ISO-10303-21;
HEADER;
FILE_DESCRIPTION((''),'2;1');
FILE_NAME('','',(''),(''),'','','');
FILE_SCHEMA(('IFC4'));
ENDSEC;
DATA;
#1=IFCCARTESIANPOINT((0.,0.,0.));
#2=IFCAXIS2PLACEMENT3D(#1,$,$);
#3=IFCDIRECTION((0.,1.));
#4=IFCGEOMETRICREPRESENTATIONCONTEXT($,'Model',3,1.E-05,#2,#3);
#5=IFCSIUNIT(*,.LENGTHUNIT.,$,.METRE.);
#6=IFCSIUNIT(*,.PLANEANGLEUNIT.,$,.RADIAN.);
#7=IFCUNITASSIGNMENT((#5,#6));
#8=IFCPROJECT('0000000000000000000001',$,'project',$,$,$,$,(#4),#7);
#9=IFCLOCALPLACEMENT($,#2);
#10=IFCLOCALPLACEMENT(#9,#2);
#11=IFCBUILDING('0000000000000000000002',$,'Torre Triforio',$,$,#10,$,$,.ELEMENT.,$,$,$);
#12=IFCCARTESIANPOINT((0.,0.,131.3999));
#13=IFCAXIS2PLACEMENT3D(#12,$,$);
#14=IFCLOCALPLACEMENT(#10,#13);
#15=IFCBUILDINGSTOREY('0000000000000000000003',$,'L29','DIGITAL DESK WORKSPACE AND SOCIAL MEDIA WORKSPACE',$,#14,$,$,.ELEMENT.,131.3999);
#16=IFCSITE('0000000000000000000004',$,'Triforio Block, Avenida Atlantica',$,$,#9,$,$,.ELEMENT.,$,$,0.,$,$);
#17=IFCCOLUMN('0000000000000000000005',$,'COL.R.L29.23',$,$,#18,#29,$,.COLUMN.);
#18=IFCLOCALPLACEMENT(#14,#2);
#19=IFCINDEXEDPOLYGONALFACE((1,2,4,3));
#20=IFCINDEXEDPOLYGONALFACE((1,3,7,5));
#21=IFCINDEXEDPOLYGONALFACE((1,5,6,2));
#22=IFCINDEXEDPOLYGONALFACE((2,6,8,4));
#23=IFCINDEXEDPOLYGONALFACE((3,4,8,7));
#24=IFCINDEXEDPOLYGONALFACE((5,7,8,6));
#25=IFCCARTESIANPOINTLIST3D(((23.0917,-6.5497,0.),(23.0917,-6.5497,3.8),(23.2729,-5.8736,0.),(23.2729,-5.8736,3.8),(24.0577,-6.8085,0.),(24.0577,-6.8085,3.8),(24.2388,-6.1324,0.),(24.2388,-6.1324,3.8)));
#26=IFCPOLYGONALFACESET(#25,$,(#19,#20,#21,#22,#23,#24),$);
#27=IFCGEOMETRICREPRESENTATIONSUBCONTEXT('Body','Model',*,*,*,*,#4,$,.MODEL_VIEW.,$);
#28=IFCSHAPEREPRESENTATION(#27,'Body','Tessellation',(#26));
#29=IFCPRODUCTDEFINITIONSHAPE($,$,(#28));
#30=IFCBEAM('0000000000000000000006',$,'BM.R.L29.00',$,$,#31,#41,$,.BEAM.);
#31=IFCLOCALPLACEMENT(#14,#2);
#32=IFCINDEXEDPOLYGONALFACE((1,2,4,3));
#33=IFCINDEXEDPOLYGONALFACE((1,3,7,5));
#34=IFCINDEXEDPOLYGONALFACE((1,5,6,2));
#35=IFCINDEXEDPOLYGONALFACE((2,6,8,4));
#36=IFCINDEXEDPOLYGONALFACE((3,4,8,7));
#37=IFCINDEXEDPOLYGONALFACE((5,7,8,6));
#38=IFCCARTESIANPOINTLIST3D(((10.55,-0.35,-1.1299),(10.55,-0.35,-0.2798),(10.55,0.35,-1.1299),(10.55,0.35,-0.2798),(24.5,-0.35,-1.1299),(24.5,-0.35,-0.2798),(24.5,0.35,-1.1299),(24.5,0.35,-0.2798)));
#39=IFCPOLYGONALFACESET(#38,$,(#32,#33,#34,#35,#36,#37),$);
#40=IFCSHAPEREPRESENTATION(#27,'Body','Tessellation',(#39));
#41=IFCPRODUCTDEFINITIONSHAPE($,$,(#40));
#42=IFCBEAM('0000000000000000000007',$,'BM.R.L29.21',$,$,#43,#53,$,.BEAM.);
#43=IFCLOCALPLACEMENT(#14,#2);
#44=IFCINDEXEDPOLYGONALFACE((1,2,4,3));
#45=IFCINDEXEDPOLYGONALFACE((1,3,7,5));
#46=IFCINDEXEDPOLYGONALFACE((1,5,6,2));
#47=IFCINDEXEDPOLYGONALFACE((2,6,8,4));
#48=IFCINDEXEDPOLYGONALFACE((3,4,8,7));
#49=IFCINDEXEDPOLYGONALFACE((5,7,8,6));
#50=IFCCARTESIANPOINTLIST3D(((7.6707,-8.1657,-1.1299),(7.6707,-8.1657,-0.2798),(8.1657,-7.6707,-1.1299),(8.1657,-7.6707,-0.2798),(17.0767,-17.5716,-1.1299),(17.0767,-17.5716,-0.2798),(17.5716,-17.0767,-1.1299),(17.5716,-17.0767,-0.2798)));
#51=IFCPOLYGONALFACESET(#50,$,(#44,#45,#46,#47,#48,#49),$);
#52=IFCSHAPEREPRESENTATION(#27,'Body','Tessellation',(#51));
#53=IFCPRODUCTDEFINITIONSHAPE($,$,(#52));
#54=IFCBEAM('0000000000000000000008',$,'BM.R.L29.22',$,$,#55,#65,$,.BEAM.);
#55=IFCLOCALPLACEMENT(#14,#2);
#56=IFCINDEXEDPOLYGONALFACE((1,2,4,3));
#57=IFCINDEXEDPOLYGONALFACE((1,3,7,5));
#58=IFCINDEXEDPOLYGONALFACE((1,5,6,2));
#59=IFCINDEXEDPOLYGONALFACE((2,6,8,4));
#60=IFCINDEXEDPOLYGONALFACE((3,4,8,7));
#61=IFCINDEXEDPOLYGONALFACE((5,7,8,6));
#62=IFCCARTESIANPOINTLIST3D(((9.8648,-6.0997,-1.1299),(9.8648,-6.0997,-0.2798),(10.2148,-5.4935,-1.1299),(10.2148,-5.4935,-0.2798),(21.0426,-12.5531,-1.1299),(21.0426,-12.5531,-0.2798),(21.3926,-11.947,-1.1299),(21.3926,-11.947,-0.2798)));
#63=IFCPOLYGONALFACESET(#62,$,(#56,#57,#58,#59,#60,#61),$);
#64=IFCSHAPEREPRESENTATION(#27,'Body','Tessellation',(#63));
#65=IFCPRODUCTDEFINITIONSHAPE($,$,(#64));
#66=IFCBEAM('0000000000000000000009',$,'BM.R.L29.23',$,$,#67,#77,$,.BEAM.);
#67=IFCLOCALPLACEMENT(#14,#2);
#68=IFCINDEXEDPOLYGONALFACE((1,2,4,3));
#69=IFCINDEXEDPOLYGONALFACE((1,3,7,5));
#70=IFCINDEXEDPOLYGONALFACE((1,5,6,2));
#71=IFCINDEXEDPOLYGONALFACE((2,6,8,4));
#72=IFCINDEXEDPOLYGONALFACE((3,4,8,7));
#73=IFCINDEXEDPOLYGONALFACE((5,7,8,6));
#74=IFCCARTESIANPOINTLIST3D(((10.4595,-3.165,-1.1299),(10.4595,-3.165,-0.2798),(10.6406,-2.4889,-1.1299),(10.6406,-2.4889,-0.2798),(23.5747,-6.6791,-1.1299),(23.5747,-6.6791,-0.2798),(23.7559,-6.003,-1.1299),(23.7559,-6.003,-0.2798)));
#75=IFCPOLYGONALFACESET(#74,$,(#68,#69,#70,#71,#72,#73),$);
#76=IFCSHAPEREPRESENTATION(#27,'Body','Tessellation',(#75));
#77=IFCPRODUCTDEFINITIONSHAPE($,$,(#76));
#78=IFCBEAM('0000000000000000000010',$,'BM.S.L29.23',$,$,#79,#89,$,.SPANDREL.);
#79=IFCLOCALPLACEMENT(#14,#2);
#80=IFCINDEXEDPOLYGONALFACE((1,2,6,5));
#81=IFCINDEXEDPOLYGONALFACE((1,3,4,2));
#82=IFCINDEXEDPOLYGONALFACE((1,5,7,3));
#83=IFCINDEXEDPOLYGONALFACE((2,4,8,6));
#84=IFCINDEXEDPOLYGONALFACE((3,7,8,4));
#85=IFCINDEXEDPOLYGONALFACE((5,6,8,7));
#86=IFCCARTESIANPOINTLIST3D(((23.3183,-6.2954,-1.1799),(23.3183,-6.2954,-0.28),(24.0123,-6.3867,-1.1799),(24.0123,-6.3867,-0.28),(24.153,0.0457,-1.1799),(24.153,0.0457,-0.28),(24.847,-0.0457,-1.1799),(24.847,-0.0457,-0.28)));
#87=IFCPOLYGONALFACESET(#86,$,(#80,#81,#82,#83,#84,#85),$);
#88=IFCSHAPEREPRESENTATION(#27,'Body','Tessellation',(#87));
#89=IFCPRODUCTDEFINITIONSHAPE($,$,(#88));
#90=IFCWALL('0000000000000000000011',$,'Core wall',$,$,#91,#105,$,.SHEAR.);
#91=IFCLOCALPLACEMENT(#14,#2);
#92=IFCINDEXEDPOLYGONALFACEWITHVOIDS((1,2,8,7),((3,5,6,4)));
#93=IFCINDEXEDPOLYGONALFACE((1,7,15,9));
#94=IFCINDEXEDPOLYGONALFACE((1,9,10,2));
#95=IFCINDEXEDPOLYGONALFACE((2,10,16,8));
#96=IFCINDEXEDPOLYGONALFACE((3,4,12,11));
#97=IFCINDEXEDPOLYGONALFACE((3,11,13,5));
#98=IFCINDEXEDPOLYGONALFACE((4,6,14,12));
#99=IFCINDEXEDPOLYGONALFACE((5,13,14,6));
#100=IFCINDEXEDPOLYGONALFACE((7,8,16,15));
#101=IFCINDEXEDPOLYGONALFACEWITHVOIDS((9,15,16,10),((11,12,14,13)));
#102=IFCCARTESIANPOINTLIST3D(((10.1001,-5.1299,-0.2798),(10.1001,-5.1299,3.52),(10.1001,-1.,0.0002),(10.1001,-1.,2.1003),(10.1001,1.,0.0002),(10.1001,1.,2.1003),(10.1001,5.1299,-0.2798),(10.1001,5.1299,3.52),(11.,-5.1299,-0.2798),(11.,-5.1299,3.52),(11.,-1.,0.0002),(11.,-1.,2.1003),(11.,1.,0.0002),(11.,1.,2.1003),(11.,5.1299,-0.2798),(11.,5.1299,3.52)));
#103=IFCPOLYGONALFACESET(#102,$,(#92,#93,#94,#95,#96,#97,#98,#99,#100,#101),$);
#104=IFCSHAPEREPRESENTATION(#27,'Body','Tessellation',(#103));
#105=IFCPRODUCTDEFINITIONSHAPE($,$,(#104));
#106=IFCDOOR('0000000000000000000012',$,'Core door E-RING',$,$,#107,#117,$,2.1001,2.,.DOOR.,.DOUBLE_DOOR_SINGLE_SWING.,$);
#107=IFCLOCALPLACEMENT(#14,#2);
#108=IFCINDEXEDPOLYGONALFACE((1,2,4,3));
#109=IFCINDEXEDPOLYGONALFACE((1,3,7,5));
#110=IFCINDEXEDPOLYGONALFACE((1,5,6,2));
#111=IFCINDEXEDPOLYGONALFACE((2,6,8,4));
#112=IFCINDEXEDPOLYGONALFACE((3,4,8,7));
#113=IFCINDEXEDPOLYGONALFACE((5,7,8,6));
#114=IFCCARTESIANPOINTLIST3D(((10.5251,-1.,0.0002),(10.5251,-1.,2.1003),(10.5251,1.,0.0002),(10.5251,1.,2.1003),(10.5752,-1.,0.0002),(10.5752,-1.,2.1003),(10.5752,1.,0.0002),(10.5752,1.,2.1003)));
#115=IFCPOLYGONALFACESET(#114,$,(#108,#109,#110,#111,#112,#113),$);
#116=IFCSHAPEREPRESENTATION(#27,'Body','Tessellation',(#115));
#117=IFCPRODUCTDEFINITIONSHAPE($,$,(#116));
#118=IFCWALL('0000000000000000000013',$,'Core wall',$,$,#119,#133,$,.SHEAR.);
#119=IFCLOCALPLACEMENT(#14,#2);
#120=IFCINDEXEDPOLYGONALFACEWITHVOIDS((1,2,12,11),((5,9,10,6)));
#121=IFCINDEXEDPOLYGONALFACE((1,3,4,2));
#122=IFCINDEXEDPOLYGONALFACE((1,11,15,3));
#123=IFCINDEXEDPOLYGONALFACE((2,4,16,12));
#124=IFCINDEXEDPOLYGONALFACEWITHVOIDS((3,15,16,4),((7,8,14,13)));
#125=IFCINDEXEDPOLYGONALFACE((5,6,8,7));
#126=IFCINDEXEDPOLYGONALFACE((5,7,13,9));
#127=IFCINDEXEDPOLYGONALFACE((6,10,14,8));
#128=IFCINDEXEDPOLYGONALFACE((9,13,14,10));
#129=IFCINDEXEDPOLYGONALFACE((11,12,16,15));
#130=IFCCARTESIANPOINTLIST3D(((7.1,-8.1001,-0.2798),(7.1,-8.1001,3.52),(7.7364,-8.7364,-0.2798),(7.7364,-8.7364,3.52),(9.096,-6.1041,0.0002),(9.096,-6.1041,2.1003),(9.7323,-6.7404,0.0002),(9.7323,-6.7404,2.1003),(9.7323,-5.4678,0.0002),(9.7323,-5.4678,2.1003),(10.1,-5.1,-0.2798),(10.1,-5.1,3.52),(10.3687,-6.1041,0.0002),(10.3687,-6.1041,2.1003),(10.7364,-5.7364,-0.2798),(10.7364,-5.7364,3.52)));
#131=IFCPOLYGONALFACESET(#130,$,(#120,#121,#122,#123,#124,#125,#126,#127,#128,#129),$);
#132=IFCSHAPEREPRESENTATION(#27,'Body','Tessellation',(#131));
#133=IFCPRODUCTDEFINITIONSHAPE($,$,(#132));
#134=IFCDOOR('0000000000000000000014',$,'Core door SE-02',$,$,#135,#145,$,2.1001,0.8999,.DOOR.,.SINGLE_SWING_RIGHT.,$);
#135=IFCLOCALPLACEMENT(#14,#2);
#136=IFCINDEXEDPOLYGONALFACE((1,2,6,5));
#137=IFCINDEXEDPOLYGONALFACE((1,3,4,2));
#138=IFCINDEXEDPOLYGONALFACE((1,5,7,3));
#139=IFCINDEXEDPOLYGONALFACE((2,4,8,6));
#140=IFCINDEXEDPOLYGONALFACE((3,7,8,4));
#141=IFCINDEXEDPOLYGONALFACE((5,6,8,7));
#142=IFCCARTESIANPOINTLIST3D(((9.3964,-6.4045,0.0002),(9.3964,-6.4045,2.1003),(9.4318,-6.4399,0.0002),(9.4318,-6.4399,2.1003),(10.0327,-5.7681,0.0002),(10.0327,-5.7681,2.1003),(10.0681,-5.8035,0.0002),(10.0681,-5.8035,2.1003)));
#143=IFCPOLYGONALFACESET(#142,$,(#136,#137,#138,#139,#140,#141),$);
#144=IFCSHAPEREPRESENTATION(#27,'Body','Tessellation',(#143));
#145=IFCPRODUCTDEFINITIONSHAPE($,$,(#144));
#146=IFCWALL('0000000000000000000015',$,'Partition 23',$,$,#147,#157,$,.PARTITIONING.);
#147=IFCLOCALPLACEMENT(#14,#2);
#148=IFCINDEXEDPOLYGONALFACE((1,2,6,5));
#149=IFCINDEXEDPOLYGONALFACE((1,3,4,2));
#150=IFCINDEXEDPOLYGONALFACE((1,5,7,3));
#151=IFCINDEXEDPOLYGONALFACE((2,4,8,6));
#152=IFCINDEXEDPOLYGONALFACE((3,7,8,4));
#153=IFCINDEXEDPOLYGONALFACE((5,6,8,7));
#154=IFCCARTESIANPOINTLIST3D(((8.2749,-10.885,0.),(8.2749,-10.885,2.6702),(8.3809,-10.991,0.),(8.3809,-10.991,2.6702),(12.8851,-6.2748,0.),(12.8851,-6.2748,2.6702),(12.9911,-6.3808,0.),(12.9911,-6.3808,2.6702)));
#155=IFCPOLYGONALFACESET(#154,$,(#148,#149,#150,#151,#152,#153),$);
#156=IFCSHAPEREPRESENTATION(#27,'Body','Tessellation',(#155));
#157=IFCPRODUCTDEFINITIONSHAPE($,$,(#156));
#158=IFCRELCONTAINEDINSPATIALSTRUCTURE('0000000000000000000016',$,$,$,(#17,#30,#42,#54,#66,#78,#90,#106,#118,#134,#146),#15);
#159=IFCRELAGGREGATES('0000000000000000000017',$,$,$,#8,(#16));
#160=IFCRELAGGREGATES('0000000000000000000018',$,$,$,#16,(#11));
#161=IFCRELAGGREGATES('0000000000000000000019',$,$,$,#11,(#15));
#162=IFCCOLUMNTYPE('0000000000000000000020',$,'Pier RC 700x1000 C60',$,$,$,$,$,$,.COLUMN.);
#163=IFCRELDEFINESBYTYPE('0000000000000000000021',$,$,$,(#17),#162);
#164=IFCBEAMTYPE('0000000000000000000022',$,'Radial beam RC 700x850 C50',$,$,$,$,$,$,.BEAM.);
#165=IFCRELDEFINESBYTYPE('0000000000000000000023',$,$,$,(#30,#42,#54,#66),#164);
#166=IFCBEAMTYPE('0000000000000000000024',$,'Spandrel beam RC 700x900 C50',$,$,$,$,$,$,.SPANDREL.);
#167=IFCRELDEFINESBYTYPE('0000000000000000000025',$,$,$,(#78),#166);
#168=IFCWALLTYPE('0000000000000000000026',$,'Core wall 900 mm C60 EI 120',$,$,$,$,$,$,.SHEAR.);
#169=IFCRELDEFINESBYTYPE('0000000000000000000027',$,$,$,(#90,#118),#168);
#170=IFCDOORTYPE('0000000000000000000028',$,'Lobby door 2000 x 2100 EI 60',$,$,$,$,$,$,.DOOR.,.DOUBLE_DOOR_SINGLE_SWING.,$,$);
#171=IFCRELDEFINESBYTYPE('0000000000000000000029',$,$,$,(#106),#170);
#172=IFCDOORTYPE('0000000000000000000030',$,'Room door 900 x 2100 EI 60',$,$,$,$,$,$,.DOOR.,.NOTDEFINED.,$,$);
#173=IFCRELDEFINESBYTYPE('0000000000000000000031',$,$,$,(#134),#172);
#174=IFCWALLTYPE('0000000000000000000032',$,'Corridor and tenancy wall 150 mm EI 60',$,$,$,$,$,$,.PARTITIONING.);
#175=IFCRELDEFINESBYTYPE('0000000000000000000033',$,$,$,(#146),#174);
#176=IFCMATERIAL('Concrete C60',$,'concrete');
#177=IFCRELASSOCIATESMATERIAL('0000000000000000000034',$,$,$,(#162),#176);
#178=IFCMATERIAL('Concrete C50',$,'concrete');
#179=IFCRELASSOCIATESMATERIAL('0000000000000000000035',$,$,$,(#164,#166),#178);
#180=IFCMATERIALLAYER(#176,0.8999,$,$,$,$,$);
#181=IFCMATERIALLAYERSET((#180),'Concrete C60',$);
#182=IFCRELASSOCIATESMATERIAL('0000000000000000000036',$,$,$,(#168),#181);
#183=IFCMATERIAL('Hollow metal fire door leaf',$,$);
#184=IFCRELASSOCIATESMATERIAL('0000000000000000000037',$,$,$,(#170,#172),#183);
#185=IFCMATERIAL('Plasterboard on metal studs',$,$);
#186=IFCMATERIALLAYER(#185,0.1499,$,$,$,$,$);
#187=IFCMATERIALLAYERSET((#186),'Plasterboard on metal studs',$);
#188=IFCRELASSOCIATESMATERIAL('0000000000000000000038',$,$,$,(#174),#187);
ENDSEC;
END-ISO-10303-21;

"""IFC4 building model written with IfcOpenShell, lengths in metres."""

from ifc_helpers import new_model, si_unit, direction, frame, frame_2d, origin, origin_2d, place, context, subcontext, project, spatial, rectangle, extrude, material, layer, layer_set, material_profile, profile_set, type_object, element, fill, save


model = new_model("IFC4")

# Units and contexts
model_context = context("Model", 3, precision=1e-05, world=origin(), true_north=direction((0.0, 1.0)))
body_context = subcontext(model_context, "Body", "Model", "MODEL_VIEW")
ifc_project = project(units=[si_unit("LENGTHUNIT", "METRE"), si_unit("PLANEANGLEUNIT", "RADIAN")], contexts=[model_context])

# Site, building, storey
site_placement = place(None, origin())
site = spatial("IfcSite", under=ifc_project, at=site_placement, Name="Triforio Block, Avenida Atlantica", CompositionType="ELEMENT", RefElevation=0.0)
building_placement = place(site_placement, origin())
building = spatial("IfcBuilding", under=site, at=building_placement, Name="Torre Triforio", CompositionType="ELEMENT")
storey_placement = place(building_placement, frame((0.0, 0.0, 131.3999)))
storey = spatial("IfcBuildingStorey", under=building, at=storey_placement, Name="L29", Description="DIGITAL DESK WORKSPACE AND SOCIAL MEDIA WORKSPACE", CompositionType="ELEMENT", Elevation=131.3999)

# Column
ifc_material_1 = material(Name="Concrete C60", Category="concrete")
ifc_material_profile_1 = material_profile(ifc_material_1, rectangle(XDim=0.7, YDim=1.0, at=origin_2d()), Name="RC 700x1000")
ifc_profile_set_1 = profile_set([ifc_material_profile_1], Name="Concrete C60")
column_type = type_object("IfcColumnType", Name="Pier RC 700x1000 C60", PredefinedType="COLUMN", material=ifc_profile_set_1)
column_placement = place(storey_placement, frame((23.6653, -6.3411, 0.0), z_axis=(0.0, 0.0, 1.0), x_axis=(0.258819, 0.965926, 0.0)))
element("IfcColumn", 1, at=column_placement, inside=storey, type_object=column_type, Name="COL.R.L29.23", PredefinedType="COLUMN", context=body_context, shape_type="SweptSolid", body=[
    extrude(rectangle(XDim=0.7, YDim=1.0, at=origin_2d()), origin(), (0.0, 0.0, 1.0), 3.8),
])

# Beams
ifc_material_2 = material(Name="Concrete C50", Category="concrete")
ifc_material_profile_2 = material_profile(ifc_material_2, rectangle(XDim=0.7, YDim=0.8501, at=origin_2d()), Name="RC 700x850")
ifc_profile_set_2 = profile_set([ifc_material_profile_2], Name="Concrete C50")
beam_type_1 = type_object("IfcBeamType", Name="Radial beam RC 700x850 C50", PredefinedType="BEAM", material=ifc_profile_set_2)
beam_1_placement = place(storey_placement, frame((10.55, 0.0, -0.7048), z_axis=(1.0, 0.0, 0.0), x_axis=(0.0, 1.0, 0.0)))
element("IfcBeam", 2, at=beam_1_placement, inside=storey, type_object=beam_type_1, Name="BM.R.L29.00", PredefinedType="BEAM", context=body_context, shape_type="SweptSolid", body=[
    extrude(rectangle(XDim=0.7, YDim=0.8501, at=origin_2d()), origin(), (0.0, 0.0, 1.0), 13.95),
])
beam_2_placement = place(storey_placement, frame((7.9182, -7.9182, -0.7048), z_axis=(0.707107, -0.707107, 0.0), x_axis=(0.707107, 0.707107, 0.0)))
element("IfcBeam", 3, at=beam_2_placement, inside=storey, type_object=beam_type_1, Name="BM.R.L29.21", PredefinedType="BEAM", context=body_context, shape_type="SweptSolid", body=[
    extrude(rectangle(XDim=0.7, YDim=0.8501, at=origin_2d()), origin(), (0.0, 0.0, 1.0), 13.302),
])
beam_3_placement = place(storey_placement, frame((10.0398, -5.7966, -0.7048), z_axis=(0.866029, -0.499994, 0.0), x_axis=(0.499994, 0.866029, 0.0)))
element("IfcBeam", 4, at=beam_3_placement, inside=storey, type_object=beam_type_1, Name="BM.R.L29.22", PredefinedType="BEAM", context=body_context, shape_type="SweptSolid", body=[
    extrude(rectangle(XDim=0.7, YDim=0.8501, at=origin_2d()), origin(), (0.0, 0.0, 1.0), 12.907),
])
beam_4_placement = place(storey_placement, frame((10.55, -2.8269, -0.7048), z_axis=(0.965927, -0.258815, 0.0), x_axis=(0.258815, 0.965927, 0.0)))
element("IfcBeam", 5, at=beam_4_placement, inside=storey, type_object=beam_type_1, Name="BM.R.L29.23", PredefinedType="BEAM", context=body_context, shape_type="SweptSolid", body=[
    extrude(rectangle(XDim=0.7, YDim=0.8501, at=origin_2d()), origin(), (0.0, 0.0, 1.0), 13.5779),
])
ifc_material_profile_3 = material_profile(ifc_material_2, rectangle(XDim=0.7, YDim=0.8999, at=origin_2d()), Name="RC 700x900")
ifc_profile_set_3 = profile_set([ifc_material_profile_3], Name="Concrete C50")
beam_type_2 = type_object("IfcBeamType", Name="Spandrel beam RC 700x900 C50", PredefinedType="SPANDREL", material=ifc_profile_set_3)
beam_5_placement = place(storey_placement, frame((23.6653, -6.3411, -0.73), z_axis=(0.130511, 0.991447, 0.0), x_axis=(-0.991447, 0.130511, 0.0)))
element("IfcBeam", 6, at=beam_5_placement, inside=storey, type_object=beam_type_2, Name="BM.S.L29.23", PredefinedType="SPANDREL", context=body_context, shape_type="SweptSolid", body=[
    extrude(rectangle(XDim=0.7, YDim=0.8999, at=origin_2d()), origin(), (0.0, 0.0, 1.0), 6.3958),
])

# Walls, openings, doors
ifc_layer_1 = layer(ifc_material_1, 0.8999)
ifc_layer_set_1 = layer_set([ifc_layer_1], Name="Concrete C60")
wall_type_1 = type_object("IfcWallType", Name="Core wall 900 mm C60 EI 120", PredefinedType="SHEAR", material=ifc_layer_set_1)
wall_1_placement = place(storey_placement, frame((10.55, -5.1299, -0.2798), z_axis=(0.0, 0.0, 1.0), x_axis=(0.0, 1.0, 0.0)))
wall_1 = element("IfcWall", 7, at=wall_1_placement, inside=storey, type_object=wall_type_1, Name="Core wall", PredefinedType="SHEAR", context=body_context, shape_type="SweptSolid", body=[
    extrude(rectangle(XDim=10.2598, YDim=0.8999, at=frame_2d((5.1299, 0.0))), origin(), (0.0, 0.0, 1.0), 3.7998),
])
opening_1_placement = place(wall_1_placement, frame((4.1299, 0.0, 0.28)))
opening_1 = element("IfcOpeningElement", 8, at=opening_1_placement, cuts=wall_1, PredefinedType="OPENING", context=body_context, shape_type="SweptSolid", body=[
    extrude(rectangle(XDim=2.0, YDim=2.1001, at=frame_2d((1.0, 1.05))), frame((0.0, 0.46, 0.0), z_axis=(0.0, -1.0, 0.0), x_axis=(1.0, 0.0, 0.0)), (0.0, 0.0, 1.0), 0.9199),
])
ifc_material_3 = material(Name="Hollow metal fire door leaf")
door_type_1 = type_object("IfcDoorType", Name="Lobby door 2000 x 2100 EI 60", OperationType="DOUBLE_DOOR_SINGLE_SWING", PredefinedType="DOOR", material=ifc_material_3)
door_1_placement = place(opening_1_placement, origin())
door_1 = element("IfcDoor", 9, at=door_1_placement, inside=storey, type_object=door_type_1, Name="Core door E-RING", OperationType="DOUBLE_DOOR_SINGLE_SWING", OverallHeight=2.1001, OverallWidth=2.0, PredefinedType="DOOR", context=body_context, shape_type="SweptSolid", body=[
    extrude(rectangle(XDim=2.0, YDim=2.1001, at=frame_2d((1.0, 1.05))), frame((0.0, 0.0249, 0.0), z_axis=(0.0, -1.0, 0.0), x_axis=(1.0, 0.0, 0.0)), (0.0, 0.0, 1.0), 0.05),
])
fill(opening_1, door_1)
wall_2_placement = place(storey_placement, frame((10.4182, -5.4182, -0.2798), z_axis=(0.0, 0.0, 1.0), x_axis=(-0.707107, -0.707107, 0.0)))
wall_2 = element("IfcWall", 10, at=wall_2_placement, inside=storey, type_object=wall_type_1, Name="Core wall", PredefinedType="SHEAR", context=body_context, shape_type="SweptSolid", body=[
    extrude(rectangle(XDim=4.2427, YDim=0.8999, at=frame_2d((2.1213, 0.0))), origin(), (0.0, 0.0, 1.0), 3.7998),
])
opening_2_placement = place(wall_2_placement, frame((0.52, 0.0, 0.28)))
opening_2 = element("IfcOpeningElement", 11, at=opening_2_placement, cuts=wall_2, PredefinedType="OPENING", context=body_context, shape_type="SweptSolid", body=[
    extrude(rectangle(XDim=0.8999, YDim=2.1001, at=frame_2d((0.45, 1.05))), frame((0.0, 0.46, 0.0), z_axis=(0.0, -1.0, 0.0), x_axis=(1.0, 0.0, 0.0)), (0.0, 0.0, 1.0), 0.9199),
])
door_type_2 = type_object("IfcDoorType", Name="Room door 900 x 2100 EI 60", OperationType="NOTDEFINED", PredefinedType="DOOR", material=ifc_material_3)
door_2_placement = place(opening_2_placement, origin())
door_2 = element("IfcDoor", 12, at=door_2_placement, inside=storey, type_object=door_type_2, Name="Core door SE-02", OperationType="SINGLE_SWING_RIGHT", OverallHeight=2.1001, OverallWidth=0.8999, PredefinedType="DOOR", context=body_context, shape_type="SweptSolid", body=[
    extrude(rectangle(XDim=0.8999, YDim=2.1001, at=frame_2d((0.45, 1.05))), frame((0.0, 0.0249, 0.0), z_axis=(0.0, -1.0, 0.0), x_axis=(1.0, 0.0, 0.0)), (0.0, 0.0, 1.0), 0.05),
])
fill(opening_2, door_2)

# Wall
ifc_material_4 = material(Name="Plasterboard on metal studs")
ifc_layer_2 = layer(ifc_material_4, 0.1499)
ifc_layer_set_2 = layer_set([ifc_layer_2], Name="Plasterboard on metal studs")
wall_type_2 = type_object("IfcWallType", Name="Corridor and tenancy wall 150 mm EI 60", PredefinedType="PARTITIONING", material=ifc_layer_set_2)
wall_3_placement = place(storey_placement, frame((12.938, -6.3279, 0.0), z_axis=(0.0, 0.0, 1.0), x_axis=(-0.707107, -0.707107, 0.0)))
element("IfcWall", 13, at=wall_3_placement, inside=storey, type_object=wall_type_2, Name="Partition 23", PredefinedType="PARTITIONING", context=body_context, shape_type="SweptSolid", body=[
    extrude(rectangle(XDim=6.5198, YDim=0.1499, at=frame_2d((3.2598, 0.0))), origin(), (0.0, 0.0, 1.0), 2.6702),
])

save(model, "model.ifc")
